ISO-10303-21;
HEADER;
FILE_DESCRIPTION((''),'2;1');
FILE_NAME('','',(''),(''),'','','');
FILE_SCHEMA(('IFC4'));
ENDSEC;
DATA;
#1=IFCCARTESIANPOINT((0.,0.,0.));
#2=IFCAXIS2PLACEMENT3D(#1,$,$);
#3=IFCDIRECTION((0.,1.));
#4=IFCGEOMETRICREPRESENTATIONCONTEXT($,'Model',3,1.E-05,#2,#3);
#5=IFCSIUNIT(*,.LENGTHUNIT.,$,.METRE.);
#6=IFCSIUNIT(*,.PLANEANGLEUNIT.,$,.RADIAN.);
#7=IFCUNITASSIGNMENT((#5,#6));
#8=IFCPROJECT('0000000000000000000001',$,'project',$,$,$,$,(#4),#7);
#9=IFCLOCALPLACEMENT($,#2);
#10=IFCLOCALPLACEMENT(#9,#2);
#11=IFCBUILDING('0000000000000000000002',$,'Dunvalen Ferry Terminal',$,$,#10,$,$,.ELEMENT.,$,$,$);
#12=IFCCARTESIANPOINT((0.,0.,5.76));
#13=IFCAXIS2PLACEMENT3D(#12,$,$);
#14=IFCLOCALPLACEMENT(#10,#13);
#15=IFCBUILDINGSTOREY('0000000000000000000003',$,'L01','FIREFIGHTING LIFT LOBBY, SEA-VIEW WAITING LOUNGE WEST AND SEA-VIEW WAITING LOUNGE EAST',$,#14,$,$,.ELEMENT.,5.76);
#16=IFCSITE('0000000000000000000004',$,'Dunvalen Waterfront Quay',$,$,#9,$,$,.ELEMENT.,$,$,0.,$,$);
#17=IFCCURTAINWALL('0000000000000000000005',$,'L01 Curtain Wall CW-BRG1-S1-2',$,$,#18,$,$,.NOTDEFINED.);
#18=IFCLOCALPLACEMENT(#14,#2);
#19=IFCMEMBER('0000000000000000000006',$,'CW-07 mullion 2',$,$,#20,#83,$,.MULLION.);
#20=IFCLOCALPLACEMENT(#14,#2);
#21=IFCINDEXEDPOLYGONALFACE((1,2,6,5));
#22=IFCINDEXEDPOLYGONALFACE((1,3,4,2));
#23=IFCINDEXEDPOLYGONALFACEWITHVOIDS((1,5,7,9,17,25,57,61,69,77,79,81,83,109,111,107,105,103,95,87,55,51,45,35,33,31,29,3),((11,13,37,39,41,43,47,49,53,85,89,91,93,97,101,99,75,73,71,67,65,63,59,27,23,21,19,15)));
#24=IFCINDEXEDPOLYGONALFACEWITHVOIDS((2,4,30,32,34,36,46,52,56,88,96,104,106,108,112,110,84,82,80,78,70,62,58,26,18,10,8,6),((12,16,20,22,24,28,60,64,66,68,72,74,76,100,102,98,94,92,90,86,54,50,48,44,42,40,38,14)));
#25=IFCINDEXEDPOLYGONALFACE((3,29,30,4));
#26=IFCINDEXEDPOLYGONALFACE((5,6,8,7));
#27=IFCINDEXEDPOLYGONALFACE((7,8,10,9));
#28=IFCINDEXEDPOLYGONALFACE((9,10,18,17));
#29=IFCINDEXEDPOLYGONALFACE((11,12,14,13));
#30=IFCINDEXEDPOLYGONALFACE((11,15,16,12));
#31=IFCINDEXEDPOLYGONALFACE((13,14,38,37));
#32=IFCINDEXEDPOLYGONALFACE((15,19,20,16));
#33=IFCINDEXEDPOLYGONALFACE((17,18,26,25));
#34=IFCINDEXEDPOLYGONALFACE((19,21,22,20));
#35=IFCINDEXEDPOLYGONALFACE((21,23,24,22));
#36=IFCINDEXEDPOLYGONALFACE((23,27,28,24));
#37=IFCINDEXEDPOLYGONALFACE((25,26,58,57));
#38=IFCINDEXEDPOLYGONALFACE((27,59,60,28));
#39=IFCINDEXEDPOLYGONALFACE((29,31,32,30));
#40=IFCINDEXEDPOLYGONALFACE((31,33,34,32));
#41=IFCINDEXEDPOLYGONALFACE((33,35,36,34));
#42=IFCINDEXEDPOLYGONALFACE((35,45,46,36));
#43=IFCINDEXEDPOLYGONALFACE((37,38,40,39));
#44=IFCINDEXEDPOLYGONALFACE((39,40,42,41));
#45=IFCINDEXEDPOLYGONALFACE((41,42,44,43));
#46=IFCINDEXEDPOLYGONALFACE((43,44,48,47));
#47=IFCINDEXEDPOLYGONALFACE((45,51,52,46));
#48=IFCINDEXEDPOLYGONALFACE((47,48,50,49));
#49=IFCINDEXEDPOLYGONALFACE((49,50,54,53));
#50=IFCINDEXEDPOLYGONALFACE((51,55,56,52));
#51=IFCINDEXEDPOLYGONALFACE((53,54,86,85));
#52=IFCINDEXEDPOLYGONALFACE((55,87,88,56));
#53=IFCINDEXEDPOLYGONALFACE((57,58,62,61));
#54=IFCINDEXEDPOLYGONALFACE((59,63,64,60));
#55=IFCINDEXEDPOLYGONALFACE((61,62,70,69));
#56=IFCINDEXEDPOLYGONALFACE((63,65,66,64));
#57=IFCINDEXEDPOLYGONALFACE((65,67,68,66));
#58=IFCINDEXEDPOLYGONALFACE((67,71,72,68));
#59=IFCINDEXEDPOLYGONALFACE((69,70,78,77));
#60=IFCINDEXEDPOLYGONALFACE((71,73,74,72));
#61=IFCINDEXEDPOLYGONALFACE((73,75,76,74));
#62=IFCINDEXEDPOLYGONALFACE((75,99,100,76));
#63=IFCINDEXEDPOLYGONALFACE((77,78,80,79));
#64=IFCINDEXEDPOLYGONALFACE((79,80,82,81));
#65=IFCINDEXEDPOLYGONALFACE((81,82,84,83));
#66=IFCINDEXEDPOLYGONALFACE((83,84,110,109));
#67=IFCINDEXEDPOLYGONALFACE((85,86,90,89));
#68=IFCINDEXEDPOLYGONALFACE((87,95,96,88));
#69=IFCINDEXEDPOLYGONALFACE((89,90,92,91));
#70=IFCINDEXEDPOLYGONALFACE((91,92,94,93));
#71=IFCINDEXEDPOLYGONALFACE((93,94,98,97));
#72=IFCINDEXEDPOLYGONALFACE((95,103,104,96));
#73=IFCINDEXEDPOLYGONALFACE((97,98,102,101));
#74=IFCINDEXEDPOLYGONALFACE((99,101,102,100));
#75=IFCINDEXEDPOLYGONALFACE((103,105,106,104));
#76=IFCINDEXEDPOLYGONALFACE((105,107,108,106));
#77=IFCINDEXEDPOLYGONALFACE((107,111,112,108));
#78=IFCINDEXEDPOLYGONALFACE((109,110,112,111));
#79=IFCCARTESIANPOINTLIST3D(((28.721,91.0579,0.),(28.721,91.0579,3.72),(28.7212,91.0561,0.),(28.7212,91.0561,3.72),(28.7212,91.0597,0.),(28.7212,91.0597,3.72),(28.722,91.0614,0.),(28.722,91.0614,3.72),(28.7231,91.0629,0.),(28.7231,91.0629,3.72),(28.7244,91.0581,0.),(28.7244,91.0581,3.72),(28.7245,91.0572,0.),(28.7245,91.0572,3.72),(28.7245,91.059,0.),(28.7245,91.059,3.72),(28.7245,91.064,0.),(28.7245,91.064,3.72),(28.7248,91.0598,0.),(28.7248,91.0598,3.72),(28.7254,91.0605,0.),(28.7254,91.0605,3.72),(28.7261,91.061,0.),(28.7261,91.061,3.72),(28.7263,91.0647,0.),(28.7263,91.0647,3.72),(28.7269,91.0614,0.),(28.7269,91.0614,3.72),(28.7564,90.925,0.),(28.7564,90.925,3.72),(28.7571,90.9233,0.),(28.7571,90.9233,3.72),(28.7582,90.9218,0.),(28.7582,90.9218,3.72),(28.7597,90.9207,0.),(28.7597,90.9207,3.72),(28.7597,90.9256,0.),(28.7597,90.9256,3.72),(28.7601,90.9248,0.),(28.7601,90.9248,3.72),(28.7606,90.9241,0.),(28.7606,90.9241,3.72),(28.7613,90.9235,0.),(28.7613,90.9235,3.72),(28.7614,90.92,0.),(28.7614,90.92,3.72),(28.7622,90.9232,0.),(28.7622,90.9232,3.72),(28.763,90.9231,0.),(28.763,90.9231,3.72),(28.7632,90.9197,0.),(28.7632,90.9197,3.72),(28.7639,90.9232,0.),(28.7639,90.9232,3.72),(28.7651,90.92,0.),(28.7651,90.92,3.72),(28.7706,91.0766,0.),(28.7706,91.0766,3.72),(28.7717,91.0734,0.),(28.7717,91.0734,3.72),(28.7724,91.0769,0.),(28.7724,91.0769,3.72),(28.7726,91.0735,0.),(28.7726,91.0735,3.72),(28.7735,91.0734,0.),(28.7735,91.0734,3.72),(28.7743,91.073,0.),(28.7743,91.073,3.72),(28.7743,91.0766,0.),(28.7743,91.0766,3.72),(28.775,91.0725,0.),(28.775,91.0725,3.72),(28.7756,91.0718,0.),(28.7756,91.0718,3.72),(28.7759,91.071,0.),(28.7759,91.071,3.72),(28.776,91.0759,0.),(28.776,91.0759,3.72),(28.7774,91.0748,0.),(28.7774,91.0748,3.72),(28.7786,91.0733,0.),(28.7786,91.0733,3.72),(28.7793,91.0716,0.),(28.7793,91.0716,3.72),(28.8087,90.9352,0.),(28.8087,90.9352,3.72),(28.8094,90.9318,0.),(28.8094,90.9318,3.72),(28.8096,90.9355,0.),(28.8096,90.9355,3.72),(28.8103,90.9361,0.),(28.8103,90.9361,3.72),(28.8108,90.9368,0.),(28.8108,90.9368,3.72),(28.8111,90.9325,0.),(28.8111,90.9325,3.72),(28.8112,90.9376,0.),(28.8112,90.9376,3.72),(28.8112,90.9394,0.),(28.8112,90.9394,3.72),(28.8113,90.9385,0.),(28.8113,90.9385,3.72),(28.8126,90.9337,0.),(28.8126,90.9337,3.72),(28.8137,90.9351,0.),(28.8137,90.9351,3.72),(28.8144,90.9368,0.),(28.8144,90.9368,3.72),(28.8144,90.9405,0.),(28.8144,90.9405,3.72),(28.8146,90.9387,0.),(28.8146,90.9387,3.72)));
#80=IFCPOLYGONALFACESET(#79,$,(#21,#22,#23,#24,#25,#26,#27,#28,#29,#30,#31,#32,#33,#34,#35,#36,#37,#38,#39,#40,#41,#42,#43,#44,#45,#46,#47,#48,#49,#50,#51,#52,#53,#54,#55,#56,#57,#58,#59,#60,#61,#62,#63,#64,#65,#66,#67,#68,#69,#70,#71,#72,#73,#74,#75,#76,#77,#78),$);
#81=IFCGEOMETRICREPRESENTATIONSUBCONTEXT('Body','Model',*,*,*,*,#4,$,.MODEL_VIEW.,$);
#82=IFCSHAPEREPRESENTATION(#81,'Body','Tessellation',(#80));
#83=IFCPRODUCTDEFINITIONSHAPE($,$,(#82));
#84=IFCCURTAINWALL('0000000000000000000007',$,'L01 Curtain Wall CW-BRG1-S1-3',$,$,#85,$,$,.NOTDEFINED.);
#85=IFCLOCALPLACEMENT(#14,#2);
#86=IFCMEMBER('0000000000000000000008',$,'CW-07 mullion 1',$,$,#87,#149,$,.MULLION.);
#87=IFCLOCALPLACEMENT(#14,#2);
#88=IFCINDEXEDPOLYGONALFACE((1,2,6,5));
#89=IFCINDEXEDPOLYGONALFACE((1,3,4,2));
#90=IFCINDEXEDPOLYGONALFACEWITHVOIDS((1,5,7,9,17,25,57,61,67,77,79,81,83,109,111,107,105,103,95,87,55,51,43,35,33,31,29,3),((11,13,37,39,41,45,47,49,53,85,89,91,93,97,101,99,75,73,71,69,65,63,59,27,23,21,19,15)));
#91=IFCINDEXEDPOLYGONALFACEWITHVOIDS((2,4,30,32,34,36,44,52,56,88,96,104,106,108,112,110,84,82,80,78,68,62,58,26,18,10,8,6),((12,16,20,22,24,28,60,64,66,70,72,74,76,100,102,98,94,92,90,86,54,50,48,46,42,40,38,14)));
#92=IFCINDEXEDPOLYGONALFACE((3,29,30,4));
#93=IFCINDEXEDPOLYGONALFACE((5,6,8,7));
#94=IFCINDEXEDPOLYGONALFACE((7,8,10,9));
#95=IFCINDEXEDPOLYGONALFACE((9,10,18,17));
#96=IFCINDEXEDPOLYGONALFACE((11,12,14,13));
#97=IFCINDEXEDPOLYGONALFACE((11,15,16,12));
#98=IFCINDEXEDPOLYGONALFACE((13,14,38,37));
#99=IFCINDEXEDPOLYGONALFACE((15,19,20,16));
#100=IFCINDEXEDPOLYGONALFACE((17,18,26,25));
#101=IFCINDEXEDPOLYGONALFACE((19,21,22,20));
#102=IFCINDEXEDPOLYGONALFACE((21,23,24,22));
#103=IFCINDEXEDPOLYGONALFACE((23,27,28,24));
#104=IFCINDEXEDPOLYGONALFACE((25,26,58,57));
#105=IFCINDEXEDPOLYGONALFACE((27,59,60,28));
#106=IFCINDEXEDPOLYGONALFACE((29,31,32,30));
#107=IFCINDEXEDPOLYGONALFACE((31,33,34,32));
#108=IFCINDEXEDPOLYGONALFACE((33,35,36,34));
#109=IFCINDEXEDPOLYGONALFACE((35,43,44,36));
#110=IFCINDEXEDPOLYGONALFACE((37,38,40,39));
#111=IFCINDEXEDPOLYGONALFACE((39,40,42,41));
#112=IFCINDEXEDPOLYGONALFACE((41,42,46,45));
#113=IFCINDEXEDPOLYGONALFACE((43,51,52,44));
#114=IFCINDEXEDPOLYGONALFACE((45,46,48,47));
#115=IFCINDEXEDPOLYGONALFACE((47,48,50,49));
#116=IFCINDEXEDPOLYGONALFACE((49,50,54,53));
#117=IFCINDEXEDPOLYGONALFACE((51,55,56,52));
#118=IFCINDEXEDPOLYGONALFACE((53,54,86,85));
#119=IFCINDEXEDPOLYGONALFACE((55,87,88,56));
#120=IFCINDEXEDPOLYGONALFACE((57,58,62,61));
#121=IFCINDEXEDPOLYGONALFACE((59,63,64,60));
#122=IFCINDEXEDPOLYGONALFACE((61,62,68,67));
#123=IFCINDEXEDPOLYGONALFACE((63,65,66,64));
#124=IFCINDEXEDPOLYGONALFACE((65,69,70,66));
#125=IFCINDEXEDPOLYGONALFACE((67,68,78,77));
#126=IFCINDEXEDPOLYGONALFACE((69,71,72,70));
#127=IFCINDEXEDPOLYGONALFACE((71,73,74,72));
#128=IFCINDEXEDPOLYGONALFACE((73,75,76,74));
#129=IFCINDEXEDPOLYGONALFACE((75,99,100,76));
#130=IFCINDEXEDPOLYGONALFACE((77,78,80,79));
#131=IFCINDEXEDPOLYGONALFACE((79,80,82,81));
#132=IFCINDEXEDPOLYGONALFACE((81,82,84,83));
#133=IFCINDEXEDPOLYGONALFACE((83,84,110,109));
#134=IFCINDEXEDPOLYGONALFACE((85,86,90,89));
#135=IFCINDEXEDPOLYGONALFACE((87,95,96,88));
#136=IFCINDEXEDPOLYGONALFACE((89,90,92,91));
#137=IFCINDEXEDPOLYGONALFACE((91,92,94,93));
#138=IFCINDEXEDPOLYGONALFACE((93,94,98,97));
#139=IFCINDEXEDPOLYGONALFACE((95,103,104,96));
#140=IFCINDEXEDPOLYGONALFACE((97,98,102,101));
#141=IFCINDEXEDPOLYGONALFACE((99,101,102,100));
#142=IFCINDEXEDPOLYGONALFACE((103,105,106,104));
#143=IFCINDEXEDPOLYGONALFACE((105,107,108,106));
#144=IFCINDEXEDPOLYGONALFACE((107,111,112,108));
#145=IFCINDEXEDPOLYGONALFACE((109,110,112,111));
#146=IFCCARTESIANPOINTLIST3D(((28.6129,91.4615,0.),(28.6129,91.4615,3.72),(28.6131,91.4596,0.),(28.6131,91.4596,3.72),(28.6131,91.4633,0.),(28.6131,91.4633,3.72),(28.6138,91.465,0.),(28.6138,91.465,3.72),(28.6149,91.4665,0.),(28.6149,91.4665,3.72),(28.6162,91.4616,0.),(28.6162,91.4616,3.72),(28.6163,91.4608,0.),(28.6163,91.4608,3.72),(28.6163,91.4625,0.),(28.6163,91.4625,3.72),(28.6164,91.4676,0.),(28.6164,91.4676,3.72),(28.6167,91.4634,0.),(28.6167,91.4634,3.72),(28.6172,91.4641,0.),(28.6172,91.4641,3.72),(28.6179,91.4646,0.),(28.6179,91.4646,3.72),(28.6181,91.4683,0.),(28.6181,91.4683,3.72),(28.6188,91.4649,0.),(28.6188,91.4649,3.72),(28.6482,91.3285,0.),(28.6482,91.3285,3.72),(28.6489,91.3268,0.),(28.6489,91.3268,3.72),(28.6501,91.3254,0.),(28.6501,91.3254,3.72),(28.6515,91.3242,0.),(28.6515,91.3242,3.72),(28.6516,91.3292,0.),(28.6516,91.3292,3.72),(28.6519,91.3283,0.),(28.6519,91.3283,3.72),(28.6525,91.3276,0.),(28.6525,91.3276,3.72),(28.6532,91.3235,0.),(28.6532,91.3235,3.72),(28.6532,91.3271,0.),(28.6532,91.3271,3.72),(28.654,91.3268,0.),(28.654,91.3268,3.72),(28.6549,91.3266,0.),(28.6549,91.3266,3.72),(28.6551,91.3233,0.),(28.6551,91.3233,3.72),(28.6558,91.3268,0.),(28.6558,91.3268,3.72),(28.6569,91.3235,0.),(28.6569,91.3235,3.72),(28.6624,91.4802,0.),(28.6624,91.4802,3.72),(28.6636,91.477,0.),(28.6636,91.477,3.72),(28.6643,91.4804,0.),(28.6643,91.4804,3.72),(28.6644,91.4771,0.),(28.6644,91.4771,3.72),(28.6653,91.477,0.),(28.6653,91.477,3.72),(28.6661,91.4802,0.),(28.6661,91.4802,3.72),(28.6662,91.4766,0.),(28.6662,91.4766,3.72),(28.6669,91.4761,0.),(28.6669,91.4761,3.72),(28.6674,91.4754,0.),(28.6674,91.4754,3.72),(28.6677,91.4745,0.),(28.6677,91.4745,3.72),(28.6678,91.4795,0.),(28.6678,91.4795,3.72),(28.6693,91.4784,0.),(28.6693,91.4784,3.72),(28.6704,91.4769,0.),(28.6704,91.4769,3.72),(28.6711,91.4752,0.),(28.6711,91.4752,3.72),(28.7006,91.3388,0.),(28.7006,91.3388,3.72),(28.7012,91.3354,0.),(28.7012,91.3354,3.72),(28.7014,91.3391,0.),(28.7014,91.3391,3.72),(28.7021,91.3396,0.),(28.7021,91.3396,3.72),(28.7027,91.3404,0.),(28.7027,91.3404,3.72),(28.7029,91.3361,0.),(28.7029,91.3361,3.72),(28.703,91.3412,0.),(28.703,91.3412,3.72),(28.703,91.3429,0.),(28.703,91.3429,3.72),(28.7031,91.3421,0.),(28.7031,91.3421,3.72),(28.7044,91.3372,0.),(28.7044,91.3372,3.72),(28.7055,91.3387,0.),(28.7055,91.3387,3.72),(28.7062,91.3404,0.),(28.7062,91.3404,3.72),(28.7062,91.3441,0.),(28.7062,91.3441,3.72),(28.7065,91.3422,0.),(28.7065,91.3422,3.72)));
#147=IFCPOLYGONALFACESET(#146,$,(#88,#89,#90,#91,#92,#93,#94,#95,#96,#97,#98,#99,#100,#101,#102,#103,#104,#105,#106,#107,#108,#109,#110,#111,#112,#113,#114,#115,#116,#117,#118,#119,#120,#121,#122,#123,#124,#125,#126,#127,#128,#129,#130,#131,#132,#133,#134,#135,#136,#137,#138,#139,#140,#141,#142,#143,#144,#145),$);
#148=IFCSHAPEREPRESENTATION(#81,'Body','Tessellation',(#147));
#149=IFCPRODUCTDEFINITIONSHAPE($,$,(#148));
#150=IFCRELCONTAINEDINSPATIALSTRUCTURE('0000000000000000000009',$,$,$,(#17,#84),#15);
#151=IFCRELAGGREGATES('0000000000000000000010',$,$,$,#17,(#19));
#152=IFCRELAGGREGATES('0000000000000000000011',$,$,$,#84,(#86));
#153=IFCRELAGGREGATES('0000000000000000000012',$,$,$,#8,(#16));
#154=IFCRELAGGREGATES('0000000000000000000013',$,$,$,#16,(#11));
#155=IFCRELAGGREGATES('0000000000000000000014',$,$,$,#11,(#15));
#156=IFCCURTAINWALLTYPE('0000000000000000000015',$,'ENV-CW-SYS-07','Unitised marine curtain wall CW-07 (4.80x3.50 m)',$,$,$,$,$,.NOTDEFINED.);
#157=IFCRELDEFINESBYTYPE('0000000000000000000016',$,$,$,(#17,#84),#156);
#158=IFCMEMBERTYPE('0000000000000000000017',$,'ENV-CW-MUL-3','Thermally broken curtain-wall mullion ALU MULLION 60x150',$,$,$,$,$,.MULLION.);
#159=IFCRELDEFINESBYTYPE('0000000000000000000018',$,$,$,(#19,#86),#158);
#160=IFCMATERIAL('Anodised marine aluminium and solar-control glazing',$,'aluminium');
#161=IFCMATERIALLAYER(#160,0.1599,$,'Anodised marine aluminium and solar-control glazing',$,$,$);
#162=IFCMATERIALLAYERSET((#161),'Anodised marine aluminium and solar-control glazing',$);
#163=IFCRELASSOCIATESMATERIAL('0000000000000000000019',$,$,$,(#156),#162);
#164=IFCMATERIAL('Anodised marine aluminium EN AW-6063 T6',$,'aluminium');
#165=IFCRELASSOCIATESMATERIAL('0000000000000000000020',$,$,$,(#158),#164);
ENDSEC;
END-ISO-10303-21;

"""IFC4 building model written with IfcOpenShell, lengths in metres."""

from ifc_helpers import new_model, si_unit, direction, frame, origin, origin_2d, place, context, subcontext, project, spatial, hollow_rectangle, extrude, material, layer, layer_set, material_profile, profile_set, type_object, element, aggregate, save


model = new_model("IFC4")

# Units and contexts
model_context = context("Model", 3, precision=1e-05, world=origin(), true_north=direction((0.0, 1.0)))
body_context = subcontext(model_context, "Body", "Model", "MODEL_VIEW")
ifc_project = project(units=[si_unit("LENGTHUNIT", "METRE"), si_unit("PLANEANGLEUNIT", "RADIAN")], contexts=[model_context])

# Site, building, storey
site_placement = place(None, origin())
site = spatial("IfcSite", under=ifc_project, at=site_placement, Name="Dunvalen Waterfront Quay", CompositionType="ELEMENT", RefElevation=0.0)
building_placement = place(site_placement, origin())
building = spatial("IfcBuilding", under=site, at=building_placement, Name="Dunvalen Ferry Terminal", CompositionType="ELEMENT")
storey_placement = place(building_placement, frame((0.0, 0.0, 5.76)))
storey = spatial("IfcBuildingStorey", under=building, at=storey_placement, Name="L01", Description="FIREFIGHTING LIFT LOBBY, SEA-VIEW WAITING LOUNGE WEST AND SEA-VIEW WAITING LOUNGE EAST", CompositionType="ELEMENT", Elevation=5.76)

# Shared definitions
ifc_material_1 = material(Name="Anodised marine aluminium and solar-control glazing", Category="aluminium")
ifc_material_2 = material(Name="Anodised marine aluminium EN AW-6063 T6", Category="aluminium")

# Curtain wall, member
ifc_layer_1 = layer(ifc_material_1, 0.1599, Name="Anodised marine aluminium and solar-control glazing")
ifc_layer_set_1 = layer_set([ifc_layer_1], Name="Anodised marine aluminium and solar-control glazing")
curtain_wall_type_1 = type_object("IfcCurtainWallType", Name="ENV-CW-SYS-07", Description="Unitised marine curtain wall CW-07 (4.80x3.50 m)", PredefinedType="NOTDEFINED", material=ifc_layer_set_1)
ifc_material_profile_1 = material_profile(ifc_material_2, hollow_rectangle(XDim=0.0601, YDim=0.1499, WallThickness=0.0034, InnerFilletRadius=0.0034, OuterFilletRadius=0.0071, at=origin_2d()), Name="Anodised marine aluminium EN AW-6063 T6")
ifc_profile_set_1 = profile_set([ifc_material_profile_1], Name="Anodised marine aluminium EN AW-6063 T6")
member_type_1 = type_object("IfcMemberType", Name="ENV-CW-MUL-3", Description="Thermally broken curtain-wall mullion ALU MULLION 60x150", PredefinedType="MULLION", material=ifc_profile_set_1)
curtain_wall_1_placement = place(storey_placement, origin())
curtain_wall_1 = element("IfcCurtainWall", 1, at=curtain_wall_1_placement, inside=storey, type_object=curtain_wall_type_1, Name="L01 Curtain Wall CW-BRG1-S1-2", PredefinedType="NOTDEFINED")
member_1_placement = place(storey_placement, frame((28.7678, 90.9983, 0.0), z_axis=(0.0, 0.0, 1.0), x_axis=(-0.965923, -0.25883, 0.0)))
member_1 = element("IfcMember", 2, at=member_1_placement, type_object=member_type_1, Name="CW-07 mullion 2", PredefinedType="MULLION", context=body_context, shape_type="SweptSolid", body=[
    extrude(hollow_rectangle(XDim=0.0601, YDim=0.1499, WallThickness=0.0034, InnerFilletRadius=0.0034, OuterFilletRadius=0.0071, at=origin_2d()), origin(), (0.0, 0.0, 1.0), 3.72),
])

# Curtain wall, member
curtain_wall_2_placement = place(storey_placement, origin())
curtain_wall_2 = element("IfcCurtainWall", 3, at=curtain_wall_2_placement, inside=storey, type_object=curtain_wall_type_1, Name="L01 Curtain Wall CW-BRG1-S1-3", PredefinedType="NOTDEFINED")
member_2_placement = place(storey_placement, frame((28.6597, 91.4019, 0.0), z_axis=(0.0, 0.0, 1.0), x_axis=(-0.965935, -0.258786, 0.0)))
member_2 = element("IfcMember", 4, at=member_2_placement, type_object=member_type_1, Name="CW-07 mullion 1", PredefinedType="MULLION", context=body_context, shape_type="SweptSolid", body=[
    extrude(hollow_rectangle(XDim=0.0601, YDim=0.1499, WallThickness=0.0034, InnerFilletRadius=0.0034, OuterFilletRadius=0.0071, at=origin_2d()), origin(), (0.0, 0.0, 1.0), 3.72),
])

aggregate(curtain_wall_1, [member_1])
aggregate(curtain_wall_2, [member_2])

save(model, "model.ifc")
